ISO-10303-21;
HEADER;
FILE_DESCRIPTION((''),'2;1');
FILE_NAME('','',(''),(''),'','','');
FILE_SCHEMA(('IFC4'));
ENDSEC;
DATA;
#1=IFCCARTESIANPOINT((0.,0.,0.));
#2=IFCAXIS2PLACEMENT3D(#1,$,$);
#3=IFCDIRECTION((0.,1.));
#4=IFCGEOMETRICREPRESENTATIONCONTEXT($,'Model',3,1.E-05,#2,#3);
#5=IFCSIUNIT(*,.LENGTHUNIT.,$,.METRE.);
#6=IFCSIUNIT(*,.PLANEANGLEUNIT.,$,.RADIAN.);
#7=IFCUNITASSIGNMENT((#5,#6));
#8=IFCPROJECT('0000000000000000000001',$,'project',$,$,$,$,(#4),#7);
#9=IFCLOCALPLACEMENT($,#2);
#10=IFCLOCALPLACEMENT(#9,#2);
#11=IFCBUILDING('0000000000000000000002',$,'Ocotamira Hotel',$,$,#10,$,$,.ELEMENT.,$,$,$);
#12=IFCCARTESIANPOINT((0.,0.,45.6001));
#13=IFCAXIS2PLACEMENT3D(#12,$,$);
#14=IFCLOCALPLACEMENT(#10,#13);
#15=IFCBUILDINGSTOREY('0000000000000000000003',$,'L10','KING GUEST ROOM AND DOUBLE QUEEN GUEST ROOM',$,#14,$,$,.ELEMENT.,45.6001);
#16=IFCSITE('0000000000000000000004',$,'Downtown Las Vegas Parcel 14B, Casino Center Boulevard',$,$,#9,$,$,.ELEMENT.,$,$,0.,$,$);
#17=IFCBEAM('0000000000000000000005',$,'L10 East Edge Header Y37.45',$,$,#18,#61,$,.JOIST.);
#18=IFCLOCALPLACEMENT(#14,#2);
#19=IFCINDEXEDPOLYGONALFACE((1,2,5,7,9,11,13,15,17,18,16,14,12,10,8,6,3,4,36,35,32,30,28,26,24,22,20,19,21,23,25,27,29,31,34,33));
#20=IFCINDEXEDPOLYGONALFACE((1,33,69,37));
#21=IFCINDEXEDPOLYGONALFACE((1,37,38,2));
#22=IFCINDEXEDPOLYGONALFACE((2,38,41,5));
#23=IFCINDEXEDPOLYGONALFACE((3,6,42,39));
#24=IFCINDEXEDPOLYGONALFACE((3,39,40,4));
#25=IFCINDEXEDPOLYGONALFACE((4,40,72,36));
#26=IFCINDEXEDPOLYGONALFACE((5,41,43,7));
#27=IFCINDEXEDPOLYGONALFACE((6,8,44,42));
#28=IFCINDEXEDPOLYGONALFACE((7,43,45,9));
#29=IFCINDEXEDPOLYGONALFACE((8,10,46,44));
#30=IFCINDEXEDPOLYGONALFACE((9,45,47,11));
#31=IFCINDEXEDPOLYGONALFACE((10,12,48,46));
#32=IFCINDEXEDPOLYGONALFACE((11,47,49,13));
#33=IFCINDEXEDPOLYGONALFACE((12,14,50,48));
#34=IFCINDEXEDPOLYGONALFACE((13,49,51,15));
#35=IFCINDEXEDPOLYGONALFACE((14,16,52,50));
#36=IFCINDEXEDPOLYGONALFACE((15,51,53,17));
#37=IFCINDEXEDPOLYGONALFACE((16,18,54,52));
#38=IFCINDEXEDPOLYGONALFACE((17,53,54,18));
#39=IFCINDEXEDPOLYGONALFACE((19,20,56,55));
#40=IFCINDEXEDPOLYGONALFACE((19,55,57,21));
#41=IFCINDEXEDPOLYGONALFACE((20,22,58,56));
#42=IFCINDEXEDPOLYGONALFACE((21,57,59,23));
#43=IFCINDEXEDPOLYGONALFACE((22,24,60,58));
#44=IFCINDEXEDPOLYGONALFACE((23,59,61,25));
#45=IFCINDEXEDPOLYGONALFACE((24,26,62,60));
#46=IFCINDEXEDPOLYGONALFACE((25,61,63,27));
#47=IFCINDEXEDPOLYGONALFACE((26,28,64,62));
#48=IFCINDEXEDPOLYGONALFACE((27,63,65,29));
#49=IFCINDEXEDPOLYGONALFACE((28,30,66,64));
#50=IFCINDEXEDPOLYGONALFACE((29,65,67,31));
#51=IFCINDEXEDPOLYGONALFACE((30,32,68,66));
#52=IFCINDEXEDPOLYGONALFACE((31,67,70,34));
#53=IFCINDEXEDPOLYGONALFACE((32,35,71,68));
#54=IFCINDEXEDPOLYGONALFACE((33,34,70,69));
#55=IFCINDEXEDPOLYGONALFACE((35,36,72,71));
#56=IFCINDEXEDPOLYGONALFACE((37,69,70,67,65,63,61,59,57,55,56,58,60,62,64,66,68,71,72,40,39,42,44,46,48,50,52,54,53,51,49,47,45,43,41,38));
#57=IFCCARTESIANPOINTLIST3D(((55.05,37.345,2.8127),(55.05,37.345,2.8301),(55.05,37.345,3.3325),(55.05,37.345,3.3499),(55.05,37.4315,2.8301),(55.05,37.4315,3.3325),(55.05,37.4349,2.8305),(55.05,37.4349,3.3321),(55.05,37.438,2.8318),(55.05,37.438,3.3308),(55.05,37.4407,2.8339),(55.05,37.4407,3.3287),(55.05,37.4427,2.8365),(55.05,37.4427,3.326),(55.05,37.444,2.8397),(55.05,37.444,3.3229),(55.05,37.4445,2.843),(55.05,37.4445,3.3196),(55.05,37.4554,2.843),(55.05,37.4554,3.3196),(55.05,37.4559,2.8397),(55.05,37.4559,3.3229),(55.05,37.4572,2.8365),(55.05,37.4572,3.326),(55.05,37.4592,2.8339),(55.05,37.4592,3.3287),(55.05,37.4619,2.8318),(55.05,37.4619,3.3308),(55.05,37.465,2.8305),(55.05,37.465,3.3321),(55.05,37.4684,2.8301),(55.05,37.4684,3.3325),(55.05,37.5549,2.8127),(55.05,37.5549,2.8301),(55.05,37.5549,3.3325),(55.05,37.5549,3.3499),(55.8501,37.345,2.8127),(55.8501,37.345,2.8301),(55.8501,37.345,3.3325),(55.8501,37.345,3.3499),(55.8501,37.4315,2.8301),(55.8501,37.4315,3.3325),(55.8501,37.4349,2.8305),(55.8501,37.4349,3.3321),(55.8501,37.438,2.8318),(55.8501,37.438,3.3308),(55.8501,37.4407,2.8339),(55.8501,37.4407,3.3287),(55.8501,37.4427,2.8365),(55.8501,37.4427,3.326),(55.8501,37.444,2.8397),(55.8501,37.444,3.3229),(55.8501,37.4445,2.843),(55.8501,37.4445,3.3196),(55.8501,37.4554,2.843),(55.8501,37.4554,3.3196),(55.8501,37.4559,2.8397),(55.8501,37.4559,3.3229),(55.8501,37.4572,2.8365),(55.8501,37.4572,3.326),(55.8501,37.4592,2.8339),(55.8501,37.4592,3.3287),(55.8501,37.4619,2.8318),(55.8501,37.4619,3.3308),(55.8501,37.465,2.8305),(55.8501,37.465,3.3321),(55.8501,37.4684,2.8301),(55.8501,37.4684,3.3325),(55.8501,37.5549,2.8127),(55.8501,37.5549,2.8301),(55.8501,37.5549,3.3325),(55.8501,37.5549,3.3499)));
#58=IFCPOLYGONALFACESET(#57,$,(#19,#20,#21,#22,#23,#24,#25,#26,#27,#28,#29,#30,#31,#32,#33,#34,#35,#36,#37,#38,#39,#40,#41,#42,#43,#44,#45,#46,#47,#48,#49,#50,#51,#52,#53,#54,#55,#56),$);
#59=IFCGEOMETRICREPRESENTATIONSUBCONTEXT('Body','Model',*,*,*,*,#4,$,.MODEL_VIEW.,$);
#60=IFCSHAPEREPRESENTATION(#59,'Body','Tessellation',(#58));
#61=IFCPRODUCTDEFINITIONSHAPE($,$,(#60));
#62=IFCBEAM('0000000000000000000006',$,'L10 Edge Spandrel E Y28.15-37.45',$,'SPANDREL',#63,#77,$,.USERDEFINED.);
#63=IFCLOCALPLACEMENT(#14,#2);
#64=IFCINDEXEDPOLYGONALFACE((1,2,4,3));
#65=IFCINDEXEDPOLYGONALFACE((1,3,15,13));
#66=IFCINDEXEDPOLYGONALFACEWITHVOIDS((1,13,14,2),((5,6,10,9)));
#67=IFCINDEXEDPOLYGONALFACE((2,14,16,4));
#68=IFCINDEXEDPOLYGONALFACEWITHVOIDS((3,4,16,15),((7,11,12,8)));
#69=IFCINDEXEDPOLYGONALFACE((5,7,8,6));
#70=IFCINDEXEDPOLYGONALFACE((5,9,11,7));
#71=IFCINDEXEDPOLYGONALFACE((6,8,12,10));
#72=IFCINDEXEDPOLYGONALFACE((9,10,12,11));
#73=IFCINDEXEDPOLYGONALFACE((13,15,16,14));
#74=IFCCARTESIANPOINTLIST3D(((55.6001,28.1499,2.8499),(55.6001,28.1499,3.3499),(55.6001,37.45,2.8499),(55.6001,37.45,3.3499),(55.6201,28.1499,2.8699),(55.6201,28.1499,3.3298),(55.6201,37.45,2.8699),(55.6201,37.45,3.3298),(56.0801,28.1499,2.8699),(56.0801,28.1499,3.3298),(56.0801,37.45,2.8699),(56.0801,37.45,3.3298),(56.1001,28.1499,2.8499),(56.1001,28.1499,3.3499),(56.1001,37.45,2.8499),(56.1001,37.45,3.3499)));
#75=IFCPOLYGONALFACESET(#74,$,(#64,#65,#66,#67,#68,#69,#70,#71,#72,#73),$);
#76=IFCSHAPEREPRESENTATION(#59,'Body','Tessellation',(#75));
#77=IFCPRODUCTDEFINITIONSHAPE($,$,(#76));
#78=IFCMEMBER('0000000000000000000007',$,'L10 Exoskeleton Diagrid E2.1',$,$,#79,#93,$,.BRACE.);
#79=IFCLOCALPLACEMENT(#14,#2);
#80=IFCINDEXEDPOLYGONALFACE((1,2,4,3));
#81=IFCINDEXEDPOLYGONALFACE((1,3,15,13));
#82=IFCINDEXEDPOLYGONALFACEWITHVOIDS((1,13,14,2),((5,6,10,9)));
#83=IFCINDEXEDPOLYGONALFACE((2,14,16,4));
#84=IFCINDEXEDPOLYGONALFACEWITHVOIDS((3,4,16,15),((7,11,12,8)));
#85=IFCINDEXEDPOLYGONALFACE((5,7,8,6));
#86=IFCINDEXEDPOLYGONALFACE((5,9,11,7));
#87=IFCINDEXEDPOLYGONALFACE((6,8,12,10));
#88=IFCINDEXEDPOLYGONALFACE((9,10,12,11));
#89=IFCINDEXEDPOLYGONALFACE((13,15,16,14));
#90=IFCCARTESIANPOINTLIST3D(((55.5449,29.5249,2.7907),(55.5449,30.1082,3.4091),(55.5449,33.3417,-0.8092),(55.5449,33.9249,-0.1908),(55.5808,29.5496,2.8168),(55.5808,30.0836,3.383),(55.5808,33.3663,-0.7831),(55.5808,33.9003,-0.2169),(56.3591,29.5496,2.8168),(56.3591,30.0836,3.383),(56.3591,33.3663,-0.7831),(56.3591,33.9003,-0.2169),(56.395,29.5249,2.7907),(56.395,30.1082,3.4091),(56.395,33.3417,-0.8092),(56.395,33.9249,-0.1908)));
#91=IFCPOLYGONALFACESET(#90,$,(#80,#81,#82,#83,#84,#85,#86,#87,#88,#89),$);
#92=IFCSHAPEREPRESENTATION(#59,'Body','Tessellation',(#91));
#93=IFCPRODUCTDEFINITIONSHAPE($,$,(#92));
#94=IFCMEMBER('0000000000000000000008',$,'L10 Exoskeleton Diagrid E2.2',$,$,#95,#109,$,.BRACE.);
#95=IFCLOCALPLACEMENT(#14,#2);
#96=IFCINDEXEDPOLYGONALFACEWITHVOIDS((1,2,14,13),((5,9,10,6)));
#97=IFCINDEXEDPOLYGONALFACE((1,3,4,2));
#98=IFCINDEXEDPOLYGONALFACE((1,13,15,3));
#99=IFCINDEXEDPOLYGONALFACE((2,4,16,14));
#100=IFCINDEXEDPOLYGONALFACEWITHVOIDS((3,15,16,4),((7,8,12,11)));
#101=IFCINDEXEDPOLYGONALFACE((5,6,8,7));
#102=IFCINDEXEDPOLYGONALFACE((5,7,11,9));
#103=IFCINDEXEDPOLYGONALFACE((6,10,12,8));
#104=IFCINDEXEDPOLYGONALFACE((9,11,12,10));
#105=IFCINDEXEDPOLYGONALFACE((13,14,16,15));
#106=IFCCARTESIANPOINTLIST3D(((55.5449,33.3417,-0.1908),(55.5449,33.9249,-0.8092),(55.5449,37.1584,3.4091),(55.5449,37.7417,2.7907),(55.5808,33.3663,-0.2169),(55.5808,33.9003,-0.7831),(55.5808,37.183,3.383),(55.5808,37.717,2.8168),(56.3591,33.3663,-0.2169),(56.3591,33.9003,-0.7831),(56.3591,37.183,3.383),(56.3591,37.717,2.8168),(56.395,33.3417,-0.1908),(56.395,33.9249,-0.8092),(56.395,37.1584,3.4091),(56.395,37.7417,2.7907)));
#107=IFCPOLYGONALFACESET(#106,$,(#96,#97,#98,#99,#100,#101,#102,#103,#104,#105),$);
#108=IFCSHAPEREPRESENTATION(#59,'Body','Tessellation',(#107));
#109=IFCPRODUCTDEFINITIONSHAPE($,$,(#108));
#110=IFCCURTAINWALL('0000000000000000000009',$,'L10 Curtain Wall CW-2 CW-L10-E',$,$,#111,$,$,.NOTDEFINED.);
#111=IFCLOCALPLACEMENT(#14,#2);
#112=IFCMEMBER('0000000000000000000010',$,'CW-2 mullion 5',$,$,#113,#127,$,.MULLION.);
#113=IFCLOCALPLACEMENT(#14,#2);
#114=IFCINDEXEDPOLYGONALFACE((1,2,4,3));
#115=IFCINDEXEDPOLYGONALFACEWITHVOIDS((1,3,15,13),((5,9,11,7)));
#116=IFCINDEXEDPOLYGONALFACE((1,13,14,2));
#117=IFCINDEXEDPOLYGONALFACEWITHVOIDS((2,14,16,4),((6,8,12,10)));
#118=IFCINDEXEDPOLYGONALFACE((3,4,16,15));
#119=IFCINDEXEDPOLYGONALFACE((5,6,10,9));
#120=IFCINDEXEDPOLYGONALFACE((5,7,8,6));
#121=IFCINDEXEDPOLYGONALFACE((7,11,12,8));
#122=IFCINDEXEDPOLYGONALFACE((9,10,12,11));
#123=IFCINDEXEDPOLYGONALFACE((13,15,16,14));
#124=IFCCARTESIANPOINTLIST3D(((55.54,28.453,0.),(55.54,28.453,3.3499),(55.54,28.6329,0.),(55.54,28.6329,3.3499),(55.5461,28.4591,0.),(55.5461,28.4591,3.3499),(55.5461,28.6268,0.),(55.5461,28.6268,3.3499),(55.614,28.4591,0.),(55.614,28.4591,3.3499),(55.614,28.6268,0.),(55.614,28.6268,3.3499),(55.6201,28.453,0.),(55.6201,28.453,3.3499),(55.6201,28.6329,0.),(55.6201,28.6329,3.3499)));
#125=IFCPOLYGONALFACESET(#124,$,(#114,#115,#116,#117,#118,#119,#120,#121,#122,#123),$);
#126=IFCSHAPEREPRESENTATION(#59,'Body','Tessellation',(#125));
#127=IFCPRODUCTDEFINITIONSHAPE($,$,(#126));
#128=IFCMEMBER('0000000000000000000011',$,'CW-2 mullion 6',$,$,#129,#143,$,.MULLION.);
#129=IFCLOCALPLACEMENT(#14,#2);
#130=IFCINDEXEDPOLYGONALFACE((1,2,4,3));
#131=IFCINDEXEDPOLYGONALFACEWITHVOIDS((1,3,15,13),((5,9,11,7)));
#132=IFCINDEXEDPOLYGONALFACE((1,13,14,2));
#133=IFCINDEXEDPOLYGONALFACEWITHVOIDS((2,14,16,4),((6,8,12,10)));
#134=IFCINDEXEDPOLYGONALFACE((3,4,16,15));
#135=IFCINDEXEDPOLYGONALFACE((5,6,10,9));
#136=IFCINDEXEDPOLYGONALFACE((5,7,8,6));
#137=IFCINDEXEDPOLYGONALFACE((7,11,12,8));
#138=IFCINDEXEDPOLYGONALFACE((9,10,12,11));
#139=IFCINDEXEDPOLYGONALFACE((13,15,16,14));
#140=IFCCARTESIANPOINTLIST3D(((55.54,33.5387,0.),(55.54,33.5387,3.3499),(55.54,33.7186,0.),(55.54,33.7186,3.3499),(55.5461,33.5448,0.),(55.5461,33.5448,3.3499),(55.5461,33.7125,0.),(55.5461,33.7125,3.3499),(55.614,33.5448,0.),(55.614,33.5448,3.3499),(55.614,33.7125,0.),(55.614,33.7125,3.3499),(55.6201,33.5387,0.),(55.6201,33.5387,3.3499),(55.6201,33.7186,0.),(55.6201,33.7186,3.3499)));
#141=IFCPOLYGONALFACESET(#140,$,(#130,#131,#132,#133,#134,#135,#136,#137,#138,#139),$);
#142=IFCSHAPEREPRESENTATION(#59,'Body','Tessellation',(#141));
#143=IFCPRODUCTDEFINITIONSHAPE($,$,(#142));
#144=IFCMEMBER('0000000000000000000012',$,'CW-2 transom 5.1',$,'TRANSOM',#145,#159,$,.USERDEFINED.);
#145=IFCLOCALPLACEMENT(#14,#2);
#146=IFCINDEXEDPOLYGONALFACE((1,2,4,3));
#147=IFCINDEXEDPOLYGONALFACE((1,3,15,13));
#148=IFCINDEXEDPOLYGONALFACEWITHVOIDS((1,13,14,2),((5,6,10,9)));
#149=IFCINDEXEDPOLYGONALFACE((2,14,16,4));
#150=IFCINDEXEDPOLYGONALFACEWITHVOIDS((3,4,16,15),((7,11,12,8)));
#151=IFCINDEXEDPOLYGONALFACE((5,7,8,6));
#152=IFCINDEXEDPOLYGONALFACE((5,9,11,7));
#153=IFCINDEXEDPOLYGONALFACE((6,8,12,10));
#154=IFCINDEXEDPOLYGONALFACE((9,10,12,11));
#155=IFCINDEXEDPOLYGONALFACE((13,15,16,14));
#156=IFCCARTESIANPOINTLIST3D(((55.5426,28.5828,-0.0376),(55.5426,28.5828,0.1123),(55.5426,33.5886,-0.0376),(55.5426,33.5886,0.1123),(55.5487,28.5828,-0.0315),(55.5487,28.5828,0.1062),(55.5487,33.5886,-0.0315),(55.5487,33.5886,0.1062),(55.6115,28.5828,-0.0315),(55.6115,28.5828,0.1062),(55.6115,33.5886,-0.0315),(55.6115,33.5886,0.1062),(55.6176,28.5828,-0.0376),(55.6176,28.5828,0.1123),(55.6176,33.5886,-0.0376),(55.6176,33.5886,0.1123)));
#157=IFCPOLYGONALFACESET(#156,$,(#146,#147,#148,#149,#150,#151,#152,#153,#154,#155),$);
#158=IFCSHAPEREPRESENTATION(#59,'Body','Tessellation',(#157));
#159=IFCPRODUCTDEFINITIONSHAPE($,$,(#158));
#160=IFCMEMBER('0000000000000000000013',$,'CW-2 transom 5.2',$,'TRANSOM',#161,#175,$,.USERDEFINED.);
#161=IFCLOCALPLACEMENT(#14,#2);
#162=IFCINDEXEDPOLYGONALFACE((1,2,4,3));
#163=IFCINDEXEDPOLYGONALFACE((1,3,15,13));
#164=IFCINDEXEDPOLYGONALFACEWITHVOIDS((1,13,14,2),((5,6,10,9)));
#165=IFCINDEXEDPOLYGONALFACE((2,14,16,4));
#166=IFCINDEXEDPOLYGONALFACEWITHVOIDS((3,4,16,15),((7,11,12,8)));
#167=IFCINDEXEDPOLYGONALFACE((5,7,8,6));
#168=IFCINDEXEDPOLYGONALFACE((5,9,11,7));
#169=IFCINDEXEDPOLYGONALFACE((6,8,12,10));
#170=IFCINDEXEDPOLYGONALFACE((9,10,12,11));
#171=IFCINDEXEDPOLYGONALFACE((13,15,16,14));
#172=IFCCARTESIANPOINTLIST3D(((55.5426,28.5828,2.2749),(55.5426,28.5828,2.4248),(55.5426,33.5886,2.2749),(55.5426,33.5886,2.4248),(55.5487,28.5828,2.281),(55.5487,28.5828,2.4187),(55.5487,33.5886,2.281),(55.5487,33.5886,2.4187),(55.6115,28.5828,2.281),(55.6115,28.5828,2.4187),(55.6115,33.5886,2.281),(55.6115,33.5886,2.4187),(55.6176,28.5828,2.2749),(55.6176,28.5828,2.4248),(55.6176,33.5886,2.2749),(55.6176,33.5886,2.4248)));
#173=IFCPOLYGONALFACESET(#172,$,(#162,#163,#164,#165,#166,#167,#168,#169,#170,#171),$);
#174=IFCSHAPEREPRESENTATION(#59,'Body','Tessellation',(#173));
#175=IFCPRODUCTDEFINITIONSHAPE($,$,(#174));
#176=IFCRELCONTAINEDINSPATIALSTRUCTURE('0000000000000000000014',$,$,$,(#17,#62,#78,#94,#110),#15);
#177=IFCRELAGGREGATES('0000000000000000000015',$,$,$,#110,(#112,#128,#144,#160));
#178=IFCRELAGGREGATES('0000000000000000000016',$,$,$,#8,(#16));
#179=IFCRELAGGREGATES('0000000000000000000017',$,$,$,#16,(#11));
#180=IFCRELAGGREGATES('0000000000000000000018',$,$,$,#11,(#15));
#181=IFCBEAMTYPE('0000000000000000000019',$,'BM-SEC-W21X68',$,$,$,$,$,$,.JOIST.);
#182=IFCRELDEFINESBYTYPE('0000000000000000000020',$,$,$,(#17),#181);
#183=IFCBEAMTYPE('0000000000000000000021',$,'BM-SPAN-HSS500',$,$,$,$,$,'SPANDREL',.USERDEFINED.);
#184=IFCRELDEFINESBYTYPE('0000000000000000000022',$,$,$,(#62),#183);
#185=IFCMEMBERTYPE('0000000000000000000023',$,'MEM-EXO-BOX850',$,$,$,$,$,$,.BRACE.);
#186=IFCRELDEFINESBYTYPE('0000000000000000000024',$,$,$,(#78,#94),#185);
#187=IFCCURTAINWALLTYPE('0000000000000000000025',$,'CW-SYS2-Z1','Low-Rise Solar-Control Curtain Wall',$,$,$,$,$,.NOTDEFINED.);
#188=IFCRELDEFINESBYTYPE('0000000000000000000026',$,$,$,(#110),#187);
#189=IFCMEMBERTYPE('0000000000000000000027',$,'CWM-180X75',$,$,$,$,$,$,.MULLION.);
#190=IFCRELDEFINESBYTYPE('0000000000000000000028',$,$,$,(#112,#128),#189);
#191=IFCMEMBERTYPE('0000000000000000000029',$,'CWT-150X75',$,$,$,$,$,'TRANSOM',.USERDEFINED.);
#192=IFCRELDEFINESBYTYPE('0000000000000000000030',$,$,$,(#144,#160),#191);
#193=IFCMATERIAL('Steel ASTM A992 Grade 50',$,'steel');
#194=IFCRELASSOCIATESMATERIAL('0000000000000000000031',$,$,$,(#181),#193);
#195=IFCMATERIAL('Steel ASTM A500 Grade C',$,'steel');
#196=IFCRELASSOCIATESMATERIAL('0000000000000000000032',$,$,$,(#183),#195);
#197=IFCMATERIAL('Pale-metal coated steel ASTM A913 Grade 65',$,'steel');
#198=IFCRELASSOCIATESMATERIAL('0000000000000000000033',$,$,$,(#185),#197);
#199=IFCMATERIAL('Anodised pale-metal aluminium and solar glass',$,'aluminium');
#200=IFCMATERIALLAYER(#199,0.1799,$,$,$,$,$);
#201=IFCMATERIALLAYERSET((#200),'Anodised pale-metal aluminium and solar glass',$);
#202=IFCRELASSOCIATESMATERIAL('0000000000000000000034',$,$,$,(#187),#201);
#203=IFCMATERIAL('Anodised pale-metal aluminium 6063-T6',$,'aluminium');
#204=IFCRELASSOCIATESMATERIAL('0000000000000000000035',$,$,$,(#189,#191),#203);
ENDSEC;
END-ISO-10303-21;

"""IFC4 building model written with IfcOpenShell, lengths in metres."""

from ifc_helpers import new_model, si_unit, direction, frame, origin, origin_2d, place, context, subcontext, project, spatial, hollow_rectangle, i_section, extrude, source, transform, mapped, material, layer, layer_set, material_profile, profile_set, type_object, element, aggregate, save


model = new_model("IFC4")

# Units and contexts
model_context = context("Model", 3, precision=1e-05, world=origin(), true_north=direction((0.0, 1.0)))
body_context = subcontext(model_context, "Body", "Model", "MODEL_VIEW")
ifc_project = project(units=[si_unit("LENGTHUNIT", "METRE"), si_unit("PLANEANGLEUNIT", "RADIAN")], contexts=[model_context])

# Site, building, storey
site_placement = place(None, origin())
site = spatial("IfcSite", under=ifc_project, at=site_placement, Name="Downtown Las Vegas Parcel 14B, Casino Center Boulevard", CompositionType="ELEMENT", RefElevation=0.0)
building_placement = place(site_placement, origin())
building = spatial("IfcBuilding", under=site, at=building_placement, Name="Ocotamira Hotel", CompositionType="ELEMENT")
storey_placement = place(building_placement, frame((0.0, 0.0, 45.6001)))
storey = spatial("IfcBuildingStorey", under=building, at=storey_placement, Name="L10", Description="KING GUEST ROOM AND DOUBLE QUEEN GUEST ROOM", CompositionType="ELEMENT", Elevation=45.6001)

# Beams
ifc_material_1 = material(Name="Steel ASTM A500 Grade C", Category="steel")
ifc_material_2 = material(Name="Steel ASTM A992 Grade 50", Category="steel")
ifc_material_profile_1 = material_profile(ifc_material_2, i_section(OverallWidth=0.21, OverallDepth=0.5371, WebThickness=0.011, FlangeThickness=0.0173, FilletRadius=0.0129, at=origin_2d()), Name="W21X68")
ifc_profile_set_1 = profile_set([ifc_material_profile_1], Name="Steel ASTM A992 Grade 50")
beam_type_1 = type_object("IfcBeamType", Name="BM-SEC-W21X68", PredefinedType="JOIST", material=ifc_profile_set_1)
shared_shape_1 = source(origin(), body_context, "Body", "SweptSolid", [
    extrude(i_section(OverallWidth=0.21, OverallDepth=0.5371, WebThickness=0.011, FlangeThickness=0.0173, FilletRadius=0.0129, at=origin_2d()), origin(), (0.0, 0.0, 1.0), 0.8),
])
for number, where, z_axis, x_axis, name in (
    (1, (55.05, 37.45, 3.0813), (1.0, 0.0, 0.0), (0.0, 1.0, 0.0), "L10 East Edge Header Y37.45"),
):
    element("IfcBeam", number, at=place(storey_placement, frame(where, z_axis=z_axis, x_axis=x_axis)), inside=storey, type_object=beam_type_1, Name=name, PredefinedType="JOIST", context=body_context, shape_type="MappedRepresentation", body=[
        mapped(shared_shape_1, transform((0.0, 0.0, 0.0), scale=1.0)),
    ])
ifc_material_profile_2 = material_profile(ifc_material_1, hollow_rectangle(XDim=0.5, YDim=0.5, WallThickness=0.02, at=origin_2d()), Name="HSS500X500X20")
ifc_profile_set_2 = profile_set([ifc_material_profile_2], Name="Steel ASTM A500 Grade C")
beam_type_2 = type_object("IfcBeamType", Name="BM-SPAN-HSS500", ElementType="SPANDREL", PredefinedType="USERDEFINED", material=ifc_profile_set_2)
shared_shape_2 = source(origin(), body_context, "Body", "SweptSolid", [
    extrude(hollow_rectangle(XDim=0.5, YDim=0.5, WallThickness=0.02, at=origin_2d()), origin(), (0.0, 0.0, 1.0), 9.3),
])
beam_1_placement = place(storey_placement, frame((55.8501, 28.1499, 3.0999), z_axis=(0.0, 1.0, 0.0), x_axis=(-1.0, 0.0, 0.0)))
element("IfcBeam", 2, at=beam_1_placement, inside=storey, type_object=beam_type_2, Name="L10 Edge Spandrel E Y28.15-37.45", ObjectType="SPANDREL", PredefinedType="USERDEFINED", context=body_context, shape_type="MappedRepresentation", body=[
    mapped(shared_shape_2, transform((0.0, 0.0, 0.0), scale=1.0)),
])

# Members
ifc_material_3 = material(Name="Pale-metal coated steel ASTM A913 Grade 65", Category="steel")
ifc_material_profile_3 = material_profile(ifc_material_3, hollow_rectangle(XDim=0.8501, YDim=0.8501, WallThickness=0.0359, at=origin_2d()), Name="BOX850X850X36")
ifc_profile_set_3 = profile_set([ifc_material_profile_3], Name="Pale-metal coated steel ASTM A913 Grade 65")
member_type_1 = type_object("IfcMemberType", Name="MEM-EXO-BOX850", PredefinedType="BRACE", material=ifc_profile_set_3)
shared_shape_3 = source(origin(), body_context, "Body", "SweptSolid", [
    extrude(hollow_rectangle(XDim=0.8501, YDim=0.8501, WallThickness=0.0359, at=origin_2d()), origin(), (0.0, 0.0, 1.0), 5.2466),
])
for number, where, z_axis, x_axis, name in (
    (3, (55.97, 33.6333, -0.5), (0.0, -0.727466, 0.686144), (1.0, 0.0, 0.0), "L10 Exoskeleton Diagrid E2.1"),
    (4, (55.97, 33.6333, -0.5), (0.0, 0.727466, 0.686144), (-1.0, 0.0, 0.0), "L10 Exoskeleton Diagrid E2.2"),
):
    element("IfcMember", number, at=place(storey_placement, frame(where, z_axis=z_axis, x_axis=x_axis)), inside=storey, type_object=member_type_1, Name=name, PredefinedType="BRACE", context=body_context, shape_type="MappedRepresentation", body=[
        mapped(shared_shape_3, transform((0.0, 0.0, 0.0), scale=1.0)),
    ])

# Curtain wall, members
ifc_material_4 = material(Name="Anodised pale-metal aluminium and solar glass", Category="aluminium")
ifc_layer_1 = layer(ifc_material_4, 0.1799)
ifc_layer_set_1 = layer_set([ifc_layer_1], Name="Anodised pale-metal aluminium and solar glass")
curtain_wall_type = type_object("IfcCurtainWallType", Name="CW-SYS2-Z1", Description="Low-Rise Solar-Control Curtain Wall", PredefinedType="NOTDEFINED", material=ifc_layer_set_1)
curtain_wall_placement = place(storey_placement, origin())
curtain_wall = element("IfcCurtainWall", 5, at=curtain_wall_placement, inside=storey, type_object=curtain_wall_type, Name="L10 Curtain Wall CW-2 CW-L10-E", PredefinedType="NOTDEFINED")
ifc_material_5 = material(Name="Anodised pale-metal aluminium 6063-T6", Category="aluminium")
ifc_material_profile_4 = material_profile(ifc_material_5, hollow_rectangle(XDim=0.0801, YDim=0.1799, WallThickness=0.0061, at=origin_2d()), Name="HSS180X80X6")
ifc_profile_set_4 = profile_set([ifc_material_profile_4], Name="Anodised pale-metal aluminium 6063-T6")
member_type_2 = type_object("IfcMemberType", Name="CWM-180X75", PredefinedType="MULLION", material=ifc_profile_set_4)
shared_shape_4 = source(origin(), body_context, "Body", "SweptSolid", [
    extrude(hollow_rectangle(XDim=0.0801, YDim=0.1799, WallThickness=0.0061, at=origin_2d()), origin(), (0.0, 0.0, 1.0), 3.3499),
])
member_1_placement = place(storey_placement, frame((55.5801, 28.543, 0.0), z_axis=(0.0, 0.0, 1.0), x_axis=(-1.0, 0.0, 0.0)))
member_1 = element("IfcMember", 6, at=member_1_placement, type_object=member_type_2, Name="CW-2 mullion 5", PredefinedType="MULLION", context=body_context, shape_type="MappedRepresentation", body=[
    mapped(shared_shape_4, transform((0.0, 0.0, 0.0), scale=1.0)),
])
member_2_placement = place(storey_placement, frame((55.5801, 33.6287, 0.0), z_axis=(0.0, 0.0, 1.0), x_axis=(-1.0, 0.0, 0.0)))
member_2 = element("IfcMember", 7, at=member_2_placement, type_object=member_type_2, Name="CW-2 mullion 6", PredefinedType="MULLION", context=body_context, shape_type="MappedRepresentation", body=[
    mapped(shared_shape_4, transform((0.0, 0.0, 0.0), scale=1.0)),
])
ifc_material_profile_5 = material_profile(ifc_material_5, hollow_rectangle(XDim=0.075, YDim=0.1499, WallThickness=0.0061, at=origin_2d()), Name="HSS150X75X6")
ifc_profile_set_5 = profile_set([ifc_material_profile_5], Name="Anodised pale-metal aluminium 6063-T6")
member_type_3 = type_object("IfcMemberType", Name="CWT-150X75", ElementType="TRANSOM", PredefinedType="USERDEFINED", material=ifc_profile_set_5)
shared_shape_5 = source(origin(), body_context, "Body", "SweptSolid", [
    extrude(hollow_rectangle(XDim=0.075, YDim=0.1499, WallThickness=0.0061, at=origin_2d()), origin(), (0.0, 0.0, 1.0), 5.0059),
])
member_3_placement = place(storey_placement, frame((55.5801, 28.5828, 0.0374), z_axis=(0.0, 1.0, 0.0), x_axis=(-1.0, 0.0, 0.0)))
member_3 = element("IfcMember", 8, at=member_3_placement, type_object=member_type_3, Name="CW-2 transom 5.1", ObjectType="TRANSOM", PredefinedType="USERDEFINED", context=body_context, shape_type="MappedRepresentation", body=[
    mapped(shared_shape_5, transform((0.0, 0.0, 0.0), scale=1.0)),
])
member_4_placement = place(storey_placement, frame((55.5801, 28.5828, 2.3499), z_axis=(0.0, 1.0, 0.0), x_axis=(-1.0, 0.0, 0.0)))
member_4 = element("IfcMember", 9, at=member_4_placement, type_object=member_type_3, Name="CW-2 transom 5.2", ObjectType="TRANSOM", PredefinedType="USERDEFINED", context=body_context, shape_type="MappedRepresentation", body=[
    mapped(shared_shape_5, transform((0.0, 0.0, 0.0), scale=1.0)),
])

aggregate(curtain_wall, [member_1, member_2, member_3, member_4])

save(model, "model.ifc")
